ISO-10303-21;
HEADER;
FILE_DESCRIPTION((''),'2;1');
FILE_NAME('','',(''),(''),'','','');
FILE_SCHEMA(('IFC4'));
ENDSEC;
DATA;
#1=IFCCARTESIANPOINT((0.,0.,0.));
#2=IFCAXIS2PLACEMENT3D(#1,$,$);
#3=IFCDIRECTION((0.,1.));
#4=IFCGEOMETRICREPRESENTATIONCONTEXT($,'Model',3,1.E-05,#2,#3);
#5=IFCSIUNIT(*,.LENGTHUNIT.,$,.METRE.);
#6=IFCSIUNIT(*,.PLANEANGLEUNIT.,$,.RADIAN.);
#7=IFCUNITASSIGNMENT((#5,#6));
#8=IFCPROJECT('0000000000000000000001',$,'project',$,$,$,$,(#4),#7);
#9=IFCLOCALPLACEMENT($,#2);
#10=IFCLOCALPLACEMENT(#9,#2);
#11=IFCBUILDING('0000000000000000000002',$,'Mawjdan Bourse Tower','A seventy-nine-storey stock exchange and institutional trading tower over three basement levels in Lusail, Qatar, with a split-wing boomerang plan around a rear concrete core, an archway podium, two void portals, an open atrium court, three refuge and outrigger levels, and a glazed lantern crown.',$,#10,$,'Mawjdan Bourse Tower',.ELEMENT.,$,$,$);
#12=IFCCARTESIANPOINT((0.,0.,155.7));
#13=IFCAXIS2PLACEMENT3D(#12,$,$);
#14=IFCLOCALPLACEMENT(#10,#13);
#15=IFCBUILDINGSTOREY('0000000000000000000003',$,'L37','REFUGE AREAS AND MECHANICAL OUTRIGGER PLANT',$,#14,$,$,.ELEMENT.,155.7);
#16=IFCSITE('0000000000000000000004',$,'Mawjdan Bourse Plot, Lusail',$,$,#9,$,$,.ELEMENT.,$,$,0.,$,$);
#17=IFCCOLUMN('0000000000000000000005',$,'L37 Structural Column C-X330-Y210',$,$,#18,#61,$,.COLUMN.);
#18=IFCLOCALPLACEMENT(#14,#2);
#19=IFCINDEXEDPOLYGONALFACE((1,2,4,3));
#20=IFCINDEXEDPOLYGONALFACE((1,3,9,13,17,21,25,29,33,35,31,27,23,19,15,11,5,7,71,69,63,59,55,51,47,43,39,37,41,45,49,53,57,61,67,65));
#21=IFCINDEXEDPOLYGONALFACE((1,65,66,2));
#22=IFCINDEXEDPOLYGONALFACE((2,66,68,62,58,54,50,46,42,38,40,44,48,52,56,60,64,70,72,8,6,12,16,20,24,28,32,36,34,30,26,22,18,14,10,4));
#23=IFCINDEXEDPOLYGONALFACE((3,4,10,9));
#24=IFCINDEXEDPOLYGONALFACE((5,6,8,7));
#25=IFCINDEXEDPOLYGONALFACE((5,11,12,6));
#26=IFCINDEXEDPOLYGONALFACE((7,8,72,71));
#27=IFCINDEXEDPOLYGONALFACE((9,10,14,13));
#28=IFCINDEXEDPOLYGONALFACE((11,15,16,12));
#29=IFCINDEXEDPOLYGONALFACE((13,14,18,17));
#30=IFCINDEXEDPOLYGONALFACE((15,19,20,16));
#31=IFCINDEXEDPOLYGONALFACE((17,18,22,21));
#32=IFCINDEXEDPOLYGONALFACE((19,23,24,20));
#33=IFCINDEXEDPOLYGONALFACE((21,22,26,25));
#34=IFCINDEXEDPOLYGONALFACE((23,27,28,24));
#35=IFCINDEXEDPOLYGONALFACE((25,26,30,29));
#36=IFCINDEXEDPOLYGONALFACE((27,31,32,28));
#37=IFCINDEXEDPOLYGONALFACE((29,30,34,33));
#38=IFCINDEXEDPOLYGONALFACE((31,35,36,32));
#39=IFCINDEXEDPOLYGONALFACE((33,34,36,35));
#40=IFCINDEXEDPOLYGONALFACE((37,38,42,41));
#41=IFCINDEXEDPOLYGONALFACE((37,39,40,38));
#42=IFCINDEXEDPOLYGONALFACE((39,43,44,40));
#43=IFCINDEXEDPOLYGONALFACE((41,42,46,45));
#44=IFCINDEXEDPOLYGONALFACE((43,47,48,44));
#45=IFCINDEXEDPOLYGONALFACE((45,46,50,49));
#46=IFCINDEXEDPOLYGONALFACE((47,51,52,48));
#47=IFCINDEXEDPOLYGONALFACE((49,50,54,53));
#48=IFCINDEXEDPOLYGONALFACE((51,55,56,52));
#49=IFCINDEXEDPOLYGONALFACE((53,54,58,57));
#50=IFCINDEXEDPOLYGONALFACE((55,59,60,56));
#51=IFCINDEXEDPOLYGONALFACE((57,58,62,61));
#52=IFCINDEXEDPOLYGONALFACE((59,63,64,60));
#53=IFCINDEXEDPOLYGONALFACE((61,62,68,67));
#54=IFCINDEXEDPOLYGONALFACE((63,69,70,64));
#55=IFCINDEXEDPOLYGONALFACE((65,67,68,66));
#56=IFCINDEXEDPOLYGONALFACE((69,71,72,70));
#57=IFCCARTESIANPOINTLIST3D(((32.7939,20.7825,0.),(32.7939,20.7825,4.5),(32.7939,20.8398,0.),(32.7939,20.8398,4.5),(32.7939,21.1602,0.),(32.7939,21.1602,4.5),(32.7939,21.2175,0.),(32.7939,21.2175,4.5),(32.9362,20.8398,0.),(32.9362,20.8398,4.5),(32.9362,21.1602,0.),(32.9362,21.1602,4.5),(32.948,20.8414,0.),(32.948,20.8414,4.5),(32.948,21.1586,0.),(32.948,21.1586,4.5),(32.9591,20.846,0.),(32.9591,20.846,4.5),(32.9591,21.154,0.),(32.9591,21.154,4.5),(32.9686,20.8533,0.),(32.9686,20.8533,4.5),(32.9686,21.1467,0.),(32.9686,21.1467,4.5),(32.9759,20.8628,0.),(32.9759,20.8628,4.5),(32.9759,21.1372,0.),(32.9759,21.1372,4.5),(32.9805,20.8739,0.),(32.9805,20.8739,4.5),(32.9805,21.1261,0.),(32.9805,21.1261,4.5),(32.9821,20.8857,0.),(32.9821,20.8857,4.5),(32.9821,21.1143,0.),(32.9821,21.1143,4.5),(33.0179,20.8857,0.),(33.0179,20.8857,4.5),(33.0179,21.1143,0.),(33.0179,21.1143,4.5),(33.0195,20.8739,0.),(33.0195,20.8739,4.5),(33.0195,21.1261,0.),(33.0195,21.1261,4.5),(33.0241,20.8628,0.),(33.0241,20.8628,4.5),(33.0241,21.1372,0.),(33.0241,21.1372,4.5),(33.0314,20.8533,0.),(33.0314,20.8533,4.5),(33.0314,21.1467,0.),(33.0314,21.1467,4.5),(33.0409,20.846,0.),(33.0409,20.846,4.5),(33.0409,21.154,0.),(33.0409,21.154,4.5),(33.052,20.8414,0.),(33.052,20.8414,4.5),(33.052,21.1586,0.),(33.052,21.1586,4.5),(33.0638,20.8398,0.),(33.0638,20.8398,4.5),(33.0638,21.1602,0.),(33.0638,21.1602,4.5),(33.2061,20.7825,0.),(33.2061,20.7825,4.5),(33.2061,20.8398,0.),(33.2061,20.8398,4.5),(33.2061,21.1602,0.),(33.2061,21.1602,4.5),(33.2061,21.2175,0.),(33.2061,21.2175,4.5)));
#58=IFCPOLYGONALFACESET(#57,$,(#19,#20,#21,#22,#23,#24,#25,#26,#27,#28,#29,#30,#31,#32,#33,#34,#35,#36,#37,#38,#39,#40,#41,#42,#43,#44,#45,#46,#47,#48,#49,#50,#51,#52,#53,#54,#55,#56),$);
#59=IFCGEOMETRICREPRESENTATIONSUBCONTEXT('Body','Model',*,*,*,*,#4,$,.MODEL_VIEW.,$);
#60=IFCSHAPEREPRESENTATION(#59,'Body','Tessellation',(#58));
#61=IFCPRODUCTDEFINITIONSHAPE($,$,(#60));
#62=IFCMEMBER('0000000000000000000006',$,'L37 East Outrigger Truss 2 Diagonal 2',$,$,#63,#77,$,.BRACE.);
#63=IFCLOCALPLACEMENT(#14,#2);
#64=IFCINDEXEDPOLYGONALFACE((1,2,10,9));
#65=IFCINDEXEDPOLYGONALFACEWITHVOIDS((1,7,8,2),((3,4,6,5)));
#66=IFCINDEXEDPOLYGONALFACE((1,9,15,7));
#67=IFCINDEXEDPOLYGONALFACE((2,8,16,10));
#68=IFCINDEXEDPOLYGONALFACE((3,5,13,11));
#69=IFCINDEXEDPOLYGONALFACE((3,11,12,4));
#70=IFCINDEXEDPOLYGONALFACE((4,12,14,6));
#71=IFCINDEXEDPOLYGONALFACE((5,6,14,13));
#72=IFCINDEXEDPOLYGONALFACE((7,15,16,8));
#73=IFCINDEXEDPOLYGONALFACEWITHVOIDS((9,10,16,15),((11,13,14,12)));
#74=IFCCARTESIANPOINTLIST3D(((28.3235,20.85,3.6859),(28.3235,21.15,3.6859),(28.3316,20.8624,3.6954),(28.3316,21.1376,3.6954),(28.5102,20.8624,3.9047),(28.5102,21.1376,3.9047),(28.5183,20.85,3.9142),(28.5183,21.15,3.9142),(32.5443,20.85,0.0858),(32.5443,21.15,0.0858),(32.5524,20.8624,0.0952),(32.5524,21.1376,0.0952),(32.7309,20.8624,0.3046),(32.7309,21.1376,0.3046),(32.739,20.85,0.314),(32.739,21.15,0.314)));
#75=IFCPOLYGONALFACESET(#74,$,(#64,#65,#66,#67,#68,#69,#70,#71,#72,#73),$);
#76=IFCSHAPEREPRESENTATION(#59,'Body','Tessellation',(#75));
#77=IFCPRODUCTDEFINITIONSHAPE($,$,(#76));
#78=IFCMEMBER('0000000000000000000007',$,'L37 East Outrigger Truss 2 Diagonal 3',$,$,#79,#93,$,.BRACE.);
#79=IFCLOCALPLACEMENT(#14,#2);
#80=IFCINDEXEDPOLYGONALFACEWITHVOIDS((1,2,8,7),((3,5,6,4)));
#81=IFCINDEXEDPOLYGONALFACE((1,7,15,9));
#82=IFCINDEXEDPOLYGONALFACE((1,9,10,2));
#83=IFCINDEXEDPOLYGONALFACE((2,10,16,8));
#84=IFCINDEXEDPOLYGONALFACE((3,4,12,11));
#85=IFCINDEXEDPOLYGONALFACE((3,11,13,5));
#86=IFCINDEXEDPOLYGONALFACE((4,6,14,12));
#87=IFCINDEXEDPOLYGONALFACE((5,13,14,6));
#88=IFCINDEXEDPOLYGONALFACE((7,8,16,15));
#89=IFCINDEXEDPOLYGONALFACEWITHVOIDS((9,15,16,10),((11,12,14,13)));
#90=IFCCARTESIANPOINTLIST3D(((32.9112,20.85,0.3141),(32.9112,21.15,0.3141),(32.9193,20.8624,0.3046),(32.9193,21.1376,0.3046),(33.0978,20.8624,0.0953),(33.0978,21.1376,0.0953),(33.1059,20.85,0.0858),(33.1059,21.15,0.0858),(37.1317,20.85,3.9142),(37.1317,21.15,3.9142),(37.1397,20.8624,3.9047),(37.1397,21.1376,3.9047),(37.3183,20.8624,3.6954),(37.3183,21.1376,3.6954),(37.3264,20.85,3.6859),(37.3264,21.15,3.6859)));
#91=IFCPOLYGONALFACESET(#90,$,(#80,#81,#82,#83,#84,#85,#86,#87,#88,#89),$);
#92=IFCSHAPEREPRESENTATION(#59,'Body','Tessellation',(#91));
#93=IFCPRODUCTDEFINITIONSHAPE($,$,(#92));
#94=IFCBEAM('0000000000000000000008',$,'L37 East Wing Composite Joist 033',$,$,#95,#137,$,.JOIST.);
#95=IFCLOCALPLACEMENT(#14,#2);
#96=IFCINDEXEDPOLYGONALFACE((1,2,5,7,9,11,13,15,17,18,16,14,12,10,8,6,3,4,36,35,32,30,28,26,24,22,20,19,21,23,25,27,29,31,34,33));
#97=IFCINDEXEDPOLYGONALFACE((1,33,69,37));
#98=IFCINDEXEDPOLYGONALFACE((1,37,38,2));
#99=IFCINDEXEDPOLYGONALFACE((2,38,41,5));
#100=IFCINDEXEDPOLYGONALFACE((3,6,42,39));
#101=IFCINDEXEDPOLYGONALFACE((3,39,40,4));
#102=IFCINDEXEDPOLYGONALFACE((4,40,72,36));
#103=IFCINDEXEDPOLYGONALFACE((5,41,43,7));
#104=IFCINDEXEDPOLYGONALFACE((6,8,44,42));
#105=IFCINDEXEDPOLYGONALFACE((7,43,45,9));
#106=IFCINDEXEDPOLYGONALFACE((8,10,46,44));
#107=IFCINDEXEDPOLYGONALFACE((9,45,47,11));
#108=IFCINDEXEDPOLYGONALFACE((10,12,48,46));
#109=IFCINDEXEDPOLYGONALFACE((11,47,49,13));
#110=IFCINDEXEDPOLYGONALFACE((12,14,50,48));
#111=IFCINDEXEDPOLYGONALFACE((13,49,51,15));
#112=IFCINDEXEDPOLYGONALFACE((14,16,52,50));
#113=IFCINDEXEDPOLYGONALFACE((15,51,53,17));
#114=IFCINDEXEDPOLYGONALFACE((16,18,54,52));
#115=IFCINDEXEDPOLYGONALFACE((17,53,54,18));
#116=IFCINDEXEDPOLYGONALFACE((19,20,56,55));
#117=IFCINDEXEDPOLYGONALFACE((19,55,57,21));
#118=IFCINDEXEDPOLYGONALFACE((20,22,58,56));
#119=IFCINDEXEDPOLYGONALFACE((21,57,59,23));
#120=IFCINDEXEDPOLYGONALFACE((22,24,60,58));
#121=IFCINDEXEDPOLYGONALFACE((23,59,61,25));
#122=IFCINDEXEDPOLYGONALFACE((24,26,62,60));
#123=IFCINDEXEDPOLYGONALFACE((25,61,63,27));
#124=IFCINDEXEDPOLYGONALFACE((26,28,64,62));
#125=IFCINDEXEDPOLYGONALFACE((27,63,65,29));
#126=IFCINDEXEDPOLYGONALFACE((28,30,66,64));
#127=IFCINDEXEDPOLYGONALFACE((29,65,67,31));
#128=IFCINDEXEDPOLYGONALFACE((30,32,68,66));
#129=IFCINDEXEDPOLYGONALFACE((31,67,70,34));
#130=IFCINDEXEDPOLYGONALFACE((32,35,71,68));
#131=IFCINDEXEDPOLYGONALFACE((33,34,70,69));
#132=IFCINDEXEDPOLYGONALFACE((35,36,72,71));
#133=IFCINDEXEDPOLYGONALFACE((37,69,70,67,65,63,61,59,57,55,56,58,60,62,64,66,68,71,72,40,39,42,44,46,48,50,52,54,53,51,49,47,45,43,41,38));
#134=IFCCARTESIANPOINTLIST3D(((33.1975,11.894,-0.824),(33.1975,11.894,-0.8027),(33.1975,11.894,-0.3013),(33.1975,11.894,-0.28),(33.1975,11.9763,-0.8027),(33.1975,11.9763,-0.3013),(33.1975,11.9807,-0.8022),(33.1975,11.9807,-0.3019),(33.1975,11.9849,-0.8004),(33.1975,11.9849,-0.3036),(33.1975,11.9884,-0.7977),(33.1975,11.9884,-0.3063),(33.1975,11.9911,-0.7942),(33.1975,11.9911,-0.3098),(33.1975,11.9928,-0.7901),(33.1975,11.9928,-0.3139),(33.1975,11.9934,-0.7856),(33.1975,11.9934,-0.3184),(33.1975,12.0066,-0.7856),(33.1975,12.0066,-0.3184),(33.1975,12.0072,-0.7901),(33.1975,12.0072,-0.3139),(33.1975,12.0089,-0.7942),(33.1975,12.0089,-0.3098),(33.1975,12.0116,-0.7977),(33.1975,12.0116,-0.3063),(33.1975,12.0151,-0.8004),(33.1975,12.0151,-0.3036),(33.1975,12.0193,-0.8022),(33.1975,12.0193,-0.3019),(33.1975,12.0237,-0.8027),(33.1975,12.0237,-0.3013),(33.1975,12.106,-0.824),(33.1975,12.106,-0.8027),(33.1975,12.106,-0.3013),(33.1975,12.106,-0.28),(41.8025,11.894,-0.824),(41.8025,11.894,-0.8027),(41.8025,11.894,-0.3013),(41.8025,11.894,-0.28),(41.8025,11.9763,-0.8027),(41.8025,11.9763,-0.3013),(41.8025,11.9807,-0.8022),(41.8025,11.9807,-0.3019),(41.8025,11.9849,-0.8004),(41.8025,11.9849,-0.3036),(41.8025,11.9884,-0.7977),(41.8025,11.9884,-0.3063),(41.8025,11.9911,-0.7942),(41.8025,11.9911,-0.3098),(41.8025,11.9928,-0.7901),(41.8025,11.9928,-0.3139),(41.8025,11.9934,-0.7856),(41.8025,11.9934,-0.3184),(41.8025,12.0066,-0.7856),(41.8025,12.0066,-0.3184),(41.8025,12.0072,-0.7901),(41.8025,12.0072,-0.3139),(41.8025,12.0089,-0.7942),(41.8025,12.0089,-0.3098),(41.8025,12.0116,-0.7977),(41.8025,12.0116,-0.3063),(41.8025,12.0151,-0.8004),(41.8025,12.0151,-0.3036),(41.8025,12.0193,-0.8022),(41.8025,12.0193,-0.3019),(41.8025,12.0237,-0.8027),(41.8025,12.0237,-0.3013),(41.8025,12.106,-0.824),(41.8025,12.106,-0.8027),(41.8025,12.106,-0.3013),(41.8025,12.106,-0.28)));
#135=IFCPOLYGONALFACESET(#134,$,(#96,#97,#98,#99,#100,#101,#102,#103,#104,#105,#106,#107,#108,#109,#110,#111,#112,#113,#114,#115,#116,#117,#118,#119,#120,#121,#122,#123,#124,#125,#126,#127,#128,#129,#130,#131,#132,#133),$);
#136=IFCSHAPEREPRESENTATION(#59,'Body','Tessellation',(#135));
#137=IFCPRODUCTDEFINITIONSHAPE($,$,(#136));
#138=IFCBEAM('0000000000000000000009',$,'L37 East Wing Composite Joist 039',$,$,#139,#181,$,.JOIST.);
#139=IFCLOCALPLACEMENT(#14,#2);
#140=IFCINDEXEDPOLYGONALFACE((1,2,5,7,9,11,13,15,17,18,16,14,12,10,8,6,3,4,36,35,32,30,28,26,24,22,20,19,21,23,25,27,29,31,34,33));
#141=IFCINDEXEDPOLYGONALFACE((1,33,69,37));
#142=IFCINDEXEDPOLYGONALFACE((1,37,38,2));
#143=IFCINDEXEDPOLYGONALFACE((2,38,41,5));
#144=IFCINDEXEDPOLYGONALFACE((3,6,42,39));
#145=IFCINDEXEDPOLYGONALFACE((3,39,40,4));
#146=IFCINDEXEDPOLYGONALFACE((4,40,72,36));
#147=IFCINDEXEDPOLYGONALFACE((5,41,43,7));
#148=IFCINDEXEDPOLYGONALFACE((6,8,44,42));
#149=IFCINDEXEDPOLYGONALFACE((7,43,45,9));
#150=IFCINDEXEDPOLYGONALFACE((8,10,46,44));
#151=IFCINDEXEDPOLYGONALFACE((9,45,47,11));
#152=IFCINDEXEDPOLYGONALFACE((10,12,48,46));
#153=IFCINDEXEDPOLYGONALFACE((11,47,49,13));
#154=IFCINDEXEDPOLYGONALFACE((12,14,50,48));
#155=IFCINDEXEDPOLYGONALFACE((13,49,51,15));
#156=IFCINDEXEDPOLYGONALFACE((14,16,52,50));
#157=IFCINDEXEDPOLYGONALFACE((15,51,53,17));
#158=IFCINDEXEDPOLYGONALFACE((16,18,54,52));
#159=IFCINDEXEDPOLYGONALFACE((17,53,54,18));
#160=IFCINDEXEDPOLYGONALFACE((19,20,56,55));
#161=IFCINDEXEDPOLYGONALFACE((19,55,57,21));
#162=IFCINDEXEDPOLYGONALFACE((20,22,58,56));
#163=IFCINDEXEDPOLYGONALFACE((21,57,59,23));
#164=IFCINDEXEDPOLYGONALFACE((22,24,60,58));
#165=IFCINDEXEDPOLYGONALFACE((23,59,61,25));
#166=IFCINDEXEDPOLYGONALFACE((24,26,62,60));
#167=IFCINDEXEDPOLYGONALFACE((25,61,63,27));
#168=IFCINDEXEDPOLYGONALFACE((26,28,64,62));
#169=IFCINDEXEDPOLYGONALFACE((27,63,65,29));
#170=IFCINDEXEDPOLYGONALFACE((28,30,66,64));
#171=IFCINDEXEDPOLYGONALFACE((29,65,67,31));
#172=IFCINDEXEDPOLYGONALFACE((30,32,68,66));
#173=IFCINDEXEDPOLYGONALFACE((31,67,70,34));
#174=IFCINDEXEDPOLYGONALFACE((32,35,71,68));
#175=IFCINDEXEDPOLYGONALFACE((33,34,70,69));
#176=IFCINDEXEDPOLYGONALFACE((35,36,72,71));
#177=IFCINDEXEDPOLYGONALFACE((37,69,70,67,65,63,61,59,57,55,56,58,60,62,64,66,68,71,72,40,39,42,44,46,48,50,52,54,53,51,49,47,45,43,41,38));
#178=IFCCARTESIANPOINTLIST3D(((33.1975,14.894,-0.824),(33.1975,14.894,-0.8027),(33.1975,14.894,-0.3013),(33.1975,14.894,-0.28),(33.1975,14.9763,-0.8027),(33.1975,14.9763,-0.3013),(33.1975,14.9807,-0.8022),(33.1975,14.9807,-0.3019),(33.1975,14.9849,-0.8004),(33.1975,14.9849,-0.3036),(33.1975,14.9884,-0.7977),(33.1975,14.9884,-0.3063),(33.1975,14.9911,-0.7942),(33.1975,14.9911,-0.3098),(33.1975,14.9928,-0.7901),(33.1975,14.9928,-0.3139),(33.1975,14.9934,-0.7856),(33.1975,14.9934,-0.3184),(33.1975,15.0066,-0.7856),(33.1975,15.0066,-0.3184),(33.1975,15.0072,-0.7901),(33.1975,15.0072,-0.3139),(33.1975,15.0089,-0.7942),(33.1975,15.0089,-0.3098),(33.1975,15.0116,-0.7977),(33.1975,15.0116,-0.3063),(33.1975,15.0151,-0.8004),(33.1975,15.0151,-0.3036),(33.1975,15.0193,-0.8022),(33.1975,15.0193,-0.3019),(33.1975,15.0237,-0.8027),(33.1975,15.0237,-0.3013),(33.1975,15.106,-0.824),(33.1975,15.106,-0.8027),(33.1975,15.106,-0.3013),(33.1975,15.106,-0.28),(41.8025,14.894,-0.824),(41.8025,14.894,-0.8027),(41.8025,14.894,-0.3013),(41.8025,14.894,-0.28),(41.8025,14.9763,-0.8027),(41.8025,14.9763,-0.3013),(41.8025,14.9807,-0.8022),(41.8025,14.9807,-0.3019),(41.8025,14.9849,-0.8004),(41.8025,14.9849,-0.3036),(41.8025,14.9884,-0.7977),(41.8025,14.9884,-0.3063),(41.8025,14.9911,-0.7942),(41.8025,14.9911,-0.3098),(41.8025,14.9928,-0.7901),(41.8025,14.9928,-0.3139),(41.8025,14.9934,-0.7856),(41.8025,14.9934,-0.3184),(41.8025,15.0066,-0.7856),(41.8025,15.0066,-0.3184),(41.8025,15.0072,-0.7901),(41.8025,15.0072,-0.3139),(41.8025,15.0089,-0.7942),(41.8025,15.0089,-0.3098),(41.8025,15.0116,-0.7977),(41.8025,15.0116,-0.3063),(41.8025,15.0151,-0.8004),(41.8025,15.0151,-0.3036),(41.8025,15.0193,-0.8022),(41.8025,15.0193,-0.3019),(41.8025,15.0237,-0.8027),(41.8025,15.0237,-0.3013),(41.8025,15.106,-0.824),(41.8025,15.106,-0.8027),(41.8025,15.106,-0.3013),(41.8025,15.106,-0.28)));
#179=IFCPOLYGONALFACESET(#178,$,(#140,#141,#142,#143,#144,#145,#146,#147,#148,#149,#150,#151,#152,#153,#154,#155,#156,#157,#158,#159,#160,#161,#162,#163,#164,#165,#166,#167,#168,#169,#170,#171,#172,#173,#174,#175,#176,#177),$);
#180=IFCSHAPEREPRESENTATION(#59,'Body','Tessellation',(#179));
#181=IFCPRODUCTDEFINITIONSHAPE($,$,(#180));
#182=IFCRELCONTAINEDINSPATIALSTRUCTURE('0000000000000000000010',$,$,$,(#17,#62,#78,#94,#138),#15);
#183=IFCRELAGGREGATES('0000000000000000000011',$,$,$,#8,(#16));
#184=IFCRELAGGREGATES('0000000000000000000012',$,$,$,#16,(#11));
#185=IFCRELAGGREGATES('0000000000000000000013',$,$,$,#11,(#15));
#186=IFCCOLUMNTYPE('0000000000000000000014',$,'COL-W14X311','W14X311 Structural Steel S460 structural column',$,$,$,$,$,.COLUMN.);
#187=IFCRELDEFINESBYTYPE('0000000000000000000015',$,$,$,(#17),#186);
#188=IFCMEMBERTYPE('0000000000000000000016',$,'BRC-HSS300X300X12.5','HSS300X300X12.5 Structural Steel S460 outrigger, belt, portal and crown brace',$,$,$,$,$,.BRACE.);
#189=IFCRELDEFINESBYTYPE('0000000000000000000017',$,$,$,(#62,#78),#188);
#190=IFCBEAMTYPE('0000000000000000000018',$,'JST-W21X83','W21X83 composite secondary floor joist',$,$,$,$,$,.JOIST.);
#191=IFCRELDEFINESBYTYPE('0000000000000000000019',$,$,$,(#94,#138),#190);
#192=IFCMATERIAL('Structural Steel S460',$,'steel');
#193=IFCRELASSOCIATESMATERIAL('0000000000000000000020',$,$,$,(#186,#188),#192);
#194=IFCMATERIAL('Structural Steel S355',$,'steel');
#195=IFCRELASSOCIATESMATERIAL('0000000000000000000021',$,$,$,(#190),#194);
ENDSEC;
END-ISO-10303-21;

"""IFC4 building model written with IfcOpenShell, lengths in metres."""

from ifc_helpers import new_model, si_unit, direction, frame, origin, origin_2d, place, context, subcontext, project, spatial, hollow_rectangle, i_section, extrude, material, material_profile, profile_set, type_object, element, save


model = new_model("IFC4")

# Units and contexts
model_context = context("Model", 3, precision=1e-05, world=origin(), true_north=direction((0.0, 1.0)))
body_context = subcontext(model_context, "Body", "Model", "MODEL_VIEW")
ifc_project = project(units=[si_unit("LENGTHUNIT", "METRE"), si_unit("PLANEANGLEUNIT", "RADIAN")], contexts=[model_context])

# Site, building, storey
site_placement = place(None, origin())
site = spatial("IfcSite", under=ifc_project, at=site_placement, Name="Mawjdan Bourse Plot, Lusail", CompositionType="ELEMENT", RefElevation=0.0)
building_placement = place(site_placement, origin())
building = spatial("IfcBuilding", under=site, at=building_placement, Name="Mawjdan Bourse Tower", Description="A seventy-nine-storey stock exchange and institutional trading tower over three basement levels in Lusail, Qatar, with a split-wing boomerang plan around a rear concrete core, an archway podium, two void portals, an open atrium court, three refuge and outrigger levels, and a glazed lantern crown.", LongName="Mawjdan Bourse Tower", CompositionType="ELEMENT")
storey_placement = place(building_placement, frame((0.0, 0.0, 155.7)))
storey = spatial("IfcBuildingStorey", under=building, at=storey_placement, Name="L37", Description="REFUGE AREAS AND MECHANICAL OUTRIGGER PLANT", CompositionType="ELEMENT", Elevation=155.7)

# Column
ifc_material_1 = material(Name="Structural Steel S460", Category="steel")
ifc_material_profile_1 = material_profile(ifc_material_1, i_section(OverallWidth=0.4121, OverallDepth=0.4351, WebThickness=0.0359, FlangeThickness=0.0574, FilletRadius=0.0459, at=origin_2d()), Name="W14X311")
ifc_profile_set_1 = profile_set([ifc_material_profile_1], Name="Structural Steel S460")
column_type = type_object("IfcColumnType", Name="COL-W14X311", Description="W14X311 Structural Steel S460 structural column", PredefinedType="COLUMN", material=ifc_profile_set_1)
column_placement = place(storey_placement, frame((33.0, 21.0, 0.0), z_axis=(0.0, 0.0, 1.0), x_axis=(1.0, 0.0, 0.0)))
element("IfcColumn", 1, at=column_placement, inside=storey, type_object=column_type, Name="L37 Structural Column C-X330-Y210", PredefinedType="COLUMN", context=body_context, shape_type="SweptSolid", body=[
    extrude(i_section(OverallWidth=0.4121, OverallDepth=0.4351, WebThickness=0.0359, FlangeThickness=0.0574, FilletRadius=0.0459, at=origin_2d()), origin(), (0.0, 0.0, 1.0), 4.5),
])

# Members
ifc_material_profile_2 = material_profile(ifc_material_1, hollow_rectangle(XDim=0.3, YDim=0.3, WallThickness=0.0125, at=origin_2d()), Name="HSS300X300X12.5")
ifc_profile_set_2 = profile_set([ifc_material_profile_2], Name="Structural Steel S460")
member_type_1 = type_object("IfcMemberType", Name="BRC-HSS300X300X12.5", Description="HSS300X300X12.5 Structural Steel S460 outrigger, belt, portal and crown brace", PredefinedType="BRACE", material=ifc_profile_set_2)
member_1_placement = place(storey_placement, frame((28.4209, 21.0, 3.8), z_axis=(0.760826, 0.0, -0.648956), x_axis=(0.0, 1.0, 0.0)))
element("IfcMember", 2, at=member_1_placement, inside=storey, type_object=member_type_1, Name="L37 East Outrigger Truss 2 Diagonal 2", PredefinedType="BRACE", context=body_context, shape_type="SweptSolid", body=[
    extrude(hollow_rectangle(XDim=0.3, YDim=0.3, WallThickness=0.0125, at=origin_2d()), origin(), (0.0, 0.0, 1.0), 5.5476),
])
member_2_placement = place(storey_placement, frame((33.0085, 21.0, 0.2), z_axis=(0.760808, 0.0, 0.648977), x_axis=(0.0, 1.0, 0.0)))
element("IfcMember", 3, at=member_2_placement, inside=storey, type_object=member_type_1, Name="L37 East Outrigger Truss 2 Diagonal 3", PredefinedType="BRACE", context=body_context, shape_type="SweptSolid", body=[
    extrude(hollow_rectangle(XDim=0.3, YDim=0.3, WallThickness=0.0125, at=origin_2d()), origin(), (0.0, 0.0, 1.0), 5.5474),
])

# Beams
ifc_material_2 = material(Name="Structural Steel S355", Category="steel")
ifc_material_profile_3 = material_profile(ifc_material_2, i_section(OverallWidth=0.2119, OverallDepth=0.5439, WebThickness=0.0132, FlangeThickness=0.0212, FilletRadius=0.0171, at=origin_2d()), Name="W21X83")
ifc_profile_set_3 = profile_set([ifc_material_profile_3], Name="Structural Steel S355")
beam_type_1 = type_object("IfcBeamType", Name="JST-W21X83", Description="W21X83 composite secondary floor joist", PredefinedType="JOIST", material=ifc_profile_set_3)
for number, where, z_axis, x_axis, name in (
    (4, (33.1975, 12.0, -0.552), (1.0, 0.0, 0.0), (0.0, 1.0, 0.0), "L37 East Wing Composite Joist 033"),
    (5, (33.1975, 15.0, -0.552), (1.0, 0.0, 0.0), (0.0, 1.0, 0.0), "L37 East Wing Composite Joist 039"),
):
    element("IfcBeam", number, at=place(storey_placement, frame(where, z_axis=z_axis, x_axis=x_axis)), inside=storey, type_object=beam_type_1, Name=name, PredefinedType="JOIST", context=body_context, shape_type="SweptSolid", body=[
        extrude(i_section(OverallWidth=0.2119, OverallDepth=0.5439, WebThickness=0.0132, FlangeThickness=0.0212, FilletRadius=0.0171, at=origin_2d()), origin(), (0.0, 0.0, 1.0), 8.605),
    ])

save(model, "model.ifc")
